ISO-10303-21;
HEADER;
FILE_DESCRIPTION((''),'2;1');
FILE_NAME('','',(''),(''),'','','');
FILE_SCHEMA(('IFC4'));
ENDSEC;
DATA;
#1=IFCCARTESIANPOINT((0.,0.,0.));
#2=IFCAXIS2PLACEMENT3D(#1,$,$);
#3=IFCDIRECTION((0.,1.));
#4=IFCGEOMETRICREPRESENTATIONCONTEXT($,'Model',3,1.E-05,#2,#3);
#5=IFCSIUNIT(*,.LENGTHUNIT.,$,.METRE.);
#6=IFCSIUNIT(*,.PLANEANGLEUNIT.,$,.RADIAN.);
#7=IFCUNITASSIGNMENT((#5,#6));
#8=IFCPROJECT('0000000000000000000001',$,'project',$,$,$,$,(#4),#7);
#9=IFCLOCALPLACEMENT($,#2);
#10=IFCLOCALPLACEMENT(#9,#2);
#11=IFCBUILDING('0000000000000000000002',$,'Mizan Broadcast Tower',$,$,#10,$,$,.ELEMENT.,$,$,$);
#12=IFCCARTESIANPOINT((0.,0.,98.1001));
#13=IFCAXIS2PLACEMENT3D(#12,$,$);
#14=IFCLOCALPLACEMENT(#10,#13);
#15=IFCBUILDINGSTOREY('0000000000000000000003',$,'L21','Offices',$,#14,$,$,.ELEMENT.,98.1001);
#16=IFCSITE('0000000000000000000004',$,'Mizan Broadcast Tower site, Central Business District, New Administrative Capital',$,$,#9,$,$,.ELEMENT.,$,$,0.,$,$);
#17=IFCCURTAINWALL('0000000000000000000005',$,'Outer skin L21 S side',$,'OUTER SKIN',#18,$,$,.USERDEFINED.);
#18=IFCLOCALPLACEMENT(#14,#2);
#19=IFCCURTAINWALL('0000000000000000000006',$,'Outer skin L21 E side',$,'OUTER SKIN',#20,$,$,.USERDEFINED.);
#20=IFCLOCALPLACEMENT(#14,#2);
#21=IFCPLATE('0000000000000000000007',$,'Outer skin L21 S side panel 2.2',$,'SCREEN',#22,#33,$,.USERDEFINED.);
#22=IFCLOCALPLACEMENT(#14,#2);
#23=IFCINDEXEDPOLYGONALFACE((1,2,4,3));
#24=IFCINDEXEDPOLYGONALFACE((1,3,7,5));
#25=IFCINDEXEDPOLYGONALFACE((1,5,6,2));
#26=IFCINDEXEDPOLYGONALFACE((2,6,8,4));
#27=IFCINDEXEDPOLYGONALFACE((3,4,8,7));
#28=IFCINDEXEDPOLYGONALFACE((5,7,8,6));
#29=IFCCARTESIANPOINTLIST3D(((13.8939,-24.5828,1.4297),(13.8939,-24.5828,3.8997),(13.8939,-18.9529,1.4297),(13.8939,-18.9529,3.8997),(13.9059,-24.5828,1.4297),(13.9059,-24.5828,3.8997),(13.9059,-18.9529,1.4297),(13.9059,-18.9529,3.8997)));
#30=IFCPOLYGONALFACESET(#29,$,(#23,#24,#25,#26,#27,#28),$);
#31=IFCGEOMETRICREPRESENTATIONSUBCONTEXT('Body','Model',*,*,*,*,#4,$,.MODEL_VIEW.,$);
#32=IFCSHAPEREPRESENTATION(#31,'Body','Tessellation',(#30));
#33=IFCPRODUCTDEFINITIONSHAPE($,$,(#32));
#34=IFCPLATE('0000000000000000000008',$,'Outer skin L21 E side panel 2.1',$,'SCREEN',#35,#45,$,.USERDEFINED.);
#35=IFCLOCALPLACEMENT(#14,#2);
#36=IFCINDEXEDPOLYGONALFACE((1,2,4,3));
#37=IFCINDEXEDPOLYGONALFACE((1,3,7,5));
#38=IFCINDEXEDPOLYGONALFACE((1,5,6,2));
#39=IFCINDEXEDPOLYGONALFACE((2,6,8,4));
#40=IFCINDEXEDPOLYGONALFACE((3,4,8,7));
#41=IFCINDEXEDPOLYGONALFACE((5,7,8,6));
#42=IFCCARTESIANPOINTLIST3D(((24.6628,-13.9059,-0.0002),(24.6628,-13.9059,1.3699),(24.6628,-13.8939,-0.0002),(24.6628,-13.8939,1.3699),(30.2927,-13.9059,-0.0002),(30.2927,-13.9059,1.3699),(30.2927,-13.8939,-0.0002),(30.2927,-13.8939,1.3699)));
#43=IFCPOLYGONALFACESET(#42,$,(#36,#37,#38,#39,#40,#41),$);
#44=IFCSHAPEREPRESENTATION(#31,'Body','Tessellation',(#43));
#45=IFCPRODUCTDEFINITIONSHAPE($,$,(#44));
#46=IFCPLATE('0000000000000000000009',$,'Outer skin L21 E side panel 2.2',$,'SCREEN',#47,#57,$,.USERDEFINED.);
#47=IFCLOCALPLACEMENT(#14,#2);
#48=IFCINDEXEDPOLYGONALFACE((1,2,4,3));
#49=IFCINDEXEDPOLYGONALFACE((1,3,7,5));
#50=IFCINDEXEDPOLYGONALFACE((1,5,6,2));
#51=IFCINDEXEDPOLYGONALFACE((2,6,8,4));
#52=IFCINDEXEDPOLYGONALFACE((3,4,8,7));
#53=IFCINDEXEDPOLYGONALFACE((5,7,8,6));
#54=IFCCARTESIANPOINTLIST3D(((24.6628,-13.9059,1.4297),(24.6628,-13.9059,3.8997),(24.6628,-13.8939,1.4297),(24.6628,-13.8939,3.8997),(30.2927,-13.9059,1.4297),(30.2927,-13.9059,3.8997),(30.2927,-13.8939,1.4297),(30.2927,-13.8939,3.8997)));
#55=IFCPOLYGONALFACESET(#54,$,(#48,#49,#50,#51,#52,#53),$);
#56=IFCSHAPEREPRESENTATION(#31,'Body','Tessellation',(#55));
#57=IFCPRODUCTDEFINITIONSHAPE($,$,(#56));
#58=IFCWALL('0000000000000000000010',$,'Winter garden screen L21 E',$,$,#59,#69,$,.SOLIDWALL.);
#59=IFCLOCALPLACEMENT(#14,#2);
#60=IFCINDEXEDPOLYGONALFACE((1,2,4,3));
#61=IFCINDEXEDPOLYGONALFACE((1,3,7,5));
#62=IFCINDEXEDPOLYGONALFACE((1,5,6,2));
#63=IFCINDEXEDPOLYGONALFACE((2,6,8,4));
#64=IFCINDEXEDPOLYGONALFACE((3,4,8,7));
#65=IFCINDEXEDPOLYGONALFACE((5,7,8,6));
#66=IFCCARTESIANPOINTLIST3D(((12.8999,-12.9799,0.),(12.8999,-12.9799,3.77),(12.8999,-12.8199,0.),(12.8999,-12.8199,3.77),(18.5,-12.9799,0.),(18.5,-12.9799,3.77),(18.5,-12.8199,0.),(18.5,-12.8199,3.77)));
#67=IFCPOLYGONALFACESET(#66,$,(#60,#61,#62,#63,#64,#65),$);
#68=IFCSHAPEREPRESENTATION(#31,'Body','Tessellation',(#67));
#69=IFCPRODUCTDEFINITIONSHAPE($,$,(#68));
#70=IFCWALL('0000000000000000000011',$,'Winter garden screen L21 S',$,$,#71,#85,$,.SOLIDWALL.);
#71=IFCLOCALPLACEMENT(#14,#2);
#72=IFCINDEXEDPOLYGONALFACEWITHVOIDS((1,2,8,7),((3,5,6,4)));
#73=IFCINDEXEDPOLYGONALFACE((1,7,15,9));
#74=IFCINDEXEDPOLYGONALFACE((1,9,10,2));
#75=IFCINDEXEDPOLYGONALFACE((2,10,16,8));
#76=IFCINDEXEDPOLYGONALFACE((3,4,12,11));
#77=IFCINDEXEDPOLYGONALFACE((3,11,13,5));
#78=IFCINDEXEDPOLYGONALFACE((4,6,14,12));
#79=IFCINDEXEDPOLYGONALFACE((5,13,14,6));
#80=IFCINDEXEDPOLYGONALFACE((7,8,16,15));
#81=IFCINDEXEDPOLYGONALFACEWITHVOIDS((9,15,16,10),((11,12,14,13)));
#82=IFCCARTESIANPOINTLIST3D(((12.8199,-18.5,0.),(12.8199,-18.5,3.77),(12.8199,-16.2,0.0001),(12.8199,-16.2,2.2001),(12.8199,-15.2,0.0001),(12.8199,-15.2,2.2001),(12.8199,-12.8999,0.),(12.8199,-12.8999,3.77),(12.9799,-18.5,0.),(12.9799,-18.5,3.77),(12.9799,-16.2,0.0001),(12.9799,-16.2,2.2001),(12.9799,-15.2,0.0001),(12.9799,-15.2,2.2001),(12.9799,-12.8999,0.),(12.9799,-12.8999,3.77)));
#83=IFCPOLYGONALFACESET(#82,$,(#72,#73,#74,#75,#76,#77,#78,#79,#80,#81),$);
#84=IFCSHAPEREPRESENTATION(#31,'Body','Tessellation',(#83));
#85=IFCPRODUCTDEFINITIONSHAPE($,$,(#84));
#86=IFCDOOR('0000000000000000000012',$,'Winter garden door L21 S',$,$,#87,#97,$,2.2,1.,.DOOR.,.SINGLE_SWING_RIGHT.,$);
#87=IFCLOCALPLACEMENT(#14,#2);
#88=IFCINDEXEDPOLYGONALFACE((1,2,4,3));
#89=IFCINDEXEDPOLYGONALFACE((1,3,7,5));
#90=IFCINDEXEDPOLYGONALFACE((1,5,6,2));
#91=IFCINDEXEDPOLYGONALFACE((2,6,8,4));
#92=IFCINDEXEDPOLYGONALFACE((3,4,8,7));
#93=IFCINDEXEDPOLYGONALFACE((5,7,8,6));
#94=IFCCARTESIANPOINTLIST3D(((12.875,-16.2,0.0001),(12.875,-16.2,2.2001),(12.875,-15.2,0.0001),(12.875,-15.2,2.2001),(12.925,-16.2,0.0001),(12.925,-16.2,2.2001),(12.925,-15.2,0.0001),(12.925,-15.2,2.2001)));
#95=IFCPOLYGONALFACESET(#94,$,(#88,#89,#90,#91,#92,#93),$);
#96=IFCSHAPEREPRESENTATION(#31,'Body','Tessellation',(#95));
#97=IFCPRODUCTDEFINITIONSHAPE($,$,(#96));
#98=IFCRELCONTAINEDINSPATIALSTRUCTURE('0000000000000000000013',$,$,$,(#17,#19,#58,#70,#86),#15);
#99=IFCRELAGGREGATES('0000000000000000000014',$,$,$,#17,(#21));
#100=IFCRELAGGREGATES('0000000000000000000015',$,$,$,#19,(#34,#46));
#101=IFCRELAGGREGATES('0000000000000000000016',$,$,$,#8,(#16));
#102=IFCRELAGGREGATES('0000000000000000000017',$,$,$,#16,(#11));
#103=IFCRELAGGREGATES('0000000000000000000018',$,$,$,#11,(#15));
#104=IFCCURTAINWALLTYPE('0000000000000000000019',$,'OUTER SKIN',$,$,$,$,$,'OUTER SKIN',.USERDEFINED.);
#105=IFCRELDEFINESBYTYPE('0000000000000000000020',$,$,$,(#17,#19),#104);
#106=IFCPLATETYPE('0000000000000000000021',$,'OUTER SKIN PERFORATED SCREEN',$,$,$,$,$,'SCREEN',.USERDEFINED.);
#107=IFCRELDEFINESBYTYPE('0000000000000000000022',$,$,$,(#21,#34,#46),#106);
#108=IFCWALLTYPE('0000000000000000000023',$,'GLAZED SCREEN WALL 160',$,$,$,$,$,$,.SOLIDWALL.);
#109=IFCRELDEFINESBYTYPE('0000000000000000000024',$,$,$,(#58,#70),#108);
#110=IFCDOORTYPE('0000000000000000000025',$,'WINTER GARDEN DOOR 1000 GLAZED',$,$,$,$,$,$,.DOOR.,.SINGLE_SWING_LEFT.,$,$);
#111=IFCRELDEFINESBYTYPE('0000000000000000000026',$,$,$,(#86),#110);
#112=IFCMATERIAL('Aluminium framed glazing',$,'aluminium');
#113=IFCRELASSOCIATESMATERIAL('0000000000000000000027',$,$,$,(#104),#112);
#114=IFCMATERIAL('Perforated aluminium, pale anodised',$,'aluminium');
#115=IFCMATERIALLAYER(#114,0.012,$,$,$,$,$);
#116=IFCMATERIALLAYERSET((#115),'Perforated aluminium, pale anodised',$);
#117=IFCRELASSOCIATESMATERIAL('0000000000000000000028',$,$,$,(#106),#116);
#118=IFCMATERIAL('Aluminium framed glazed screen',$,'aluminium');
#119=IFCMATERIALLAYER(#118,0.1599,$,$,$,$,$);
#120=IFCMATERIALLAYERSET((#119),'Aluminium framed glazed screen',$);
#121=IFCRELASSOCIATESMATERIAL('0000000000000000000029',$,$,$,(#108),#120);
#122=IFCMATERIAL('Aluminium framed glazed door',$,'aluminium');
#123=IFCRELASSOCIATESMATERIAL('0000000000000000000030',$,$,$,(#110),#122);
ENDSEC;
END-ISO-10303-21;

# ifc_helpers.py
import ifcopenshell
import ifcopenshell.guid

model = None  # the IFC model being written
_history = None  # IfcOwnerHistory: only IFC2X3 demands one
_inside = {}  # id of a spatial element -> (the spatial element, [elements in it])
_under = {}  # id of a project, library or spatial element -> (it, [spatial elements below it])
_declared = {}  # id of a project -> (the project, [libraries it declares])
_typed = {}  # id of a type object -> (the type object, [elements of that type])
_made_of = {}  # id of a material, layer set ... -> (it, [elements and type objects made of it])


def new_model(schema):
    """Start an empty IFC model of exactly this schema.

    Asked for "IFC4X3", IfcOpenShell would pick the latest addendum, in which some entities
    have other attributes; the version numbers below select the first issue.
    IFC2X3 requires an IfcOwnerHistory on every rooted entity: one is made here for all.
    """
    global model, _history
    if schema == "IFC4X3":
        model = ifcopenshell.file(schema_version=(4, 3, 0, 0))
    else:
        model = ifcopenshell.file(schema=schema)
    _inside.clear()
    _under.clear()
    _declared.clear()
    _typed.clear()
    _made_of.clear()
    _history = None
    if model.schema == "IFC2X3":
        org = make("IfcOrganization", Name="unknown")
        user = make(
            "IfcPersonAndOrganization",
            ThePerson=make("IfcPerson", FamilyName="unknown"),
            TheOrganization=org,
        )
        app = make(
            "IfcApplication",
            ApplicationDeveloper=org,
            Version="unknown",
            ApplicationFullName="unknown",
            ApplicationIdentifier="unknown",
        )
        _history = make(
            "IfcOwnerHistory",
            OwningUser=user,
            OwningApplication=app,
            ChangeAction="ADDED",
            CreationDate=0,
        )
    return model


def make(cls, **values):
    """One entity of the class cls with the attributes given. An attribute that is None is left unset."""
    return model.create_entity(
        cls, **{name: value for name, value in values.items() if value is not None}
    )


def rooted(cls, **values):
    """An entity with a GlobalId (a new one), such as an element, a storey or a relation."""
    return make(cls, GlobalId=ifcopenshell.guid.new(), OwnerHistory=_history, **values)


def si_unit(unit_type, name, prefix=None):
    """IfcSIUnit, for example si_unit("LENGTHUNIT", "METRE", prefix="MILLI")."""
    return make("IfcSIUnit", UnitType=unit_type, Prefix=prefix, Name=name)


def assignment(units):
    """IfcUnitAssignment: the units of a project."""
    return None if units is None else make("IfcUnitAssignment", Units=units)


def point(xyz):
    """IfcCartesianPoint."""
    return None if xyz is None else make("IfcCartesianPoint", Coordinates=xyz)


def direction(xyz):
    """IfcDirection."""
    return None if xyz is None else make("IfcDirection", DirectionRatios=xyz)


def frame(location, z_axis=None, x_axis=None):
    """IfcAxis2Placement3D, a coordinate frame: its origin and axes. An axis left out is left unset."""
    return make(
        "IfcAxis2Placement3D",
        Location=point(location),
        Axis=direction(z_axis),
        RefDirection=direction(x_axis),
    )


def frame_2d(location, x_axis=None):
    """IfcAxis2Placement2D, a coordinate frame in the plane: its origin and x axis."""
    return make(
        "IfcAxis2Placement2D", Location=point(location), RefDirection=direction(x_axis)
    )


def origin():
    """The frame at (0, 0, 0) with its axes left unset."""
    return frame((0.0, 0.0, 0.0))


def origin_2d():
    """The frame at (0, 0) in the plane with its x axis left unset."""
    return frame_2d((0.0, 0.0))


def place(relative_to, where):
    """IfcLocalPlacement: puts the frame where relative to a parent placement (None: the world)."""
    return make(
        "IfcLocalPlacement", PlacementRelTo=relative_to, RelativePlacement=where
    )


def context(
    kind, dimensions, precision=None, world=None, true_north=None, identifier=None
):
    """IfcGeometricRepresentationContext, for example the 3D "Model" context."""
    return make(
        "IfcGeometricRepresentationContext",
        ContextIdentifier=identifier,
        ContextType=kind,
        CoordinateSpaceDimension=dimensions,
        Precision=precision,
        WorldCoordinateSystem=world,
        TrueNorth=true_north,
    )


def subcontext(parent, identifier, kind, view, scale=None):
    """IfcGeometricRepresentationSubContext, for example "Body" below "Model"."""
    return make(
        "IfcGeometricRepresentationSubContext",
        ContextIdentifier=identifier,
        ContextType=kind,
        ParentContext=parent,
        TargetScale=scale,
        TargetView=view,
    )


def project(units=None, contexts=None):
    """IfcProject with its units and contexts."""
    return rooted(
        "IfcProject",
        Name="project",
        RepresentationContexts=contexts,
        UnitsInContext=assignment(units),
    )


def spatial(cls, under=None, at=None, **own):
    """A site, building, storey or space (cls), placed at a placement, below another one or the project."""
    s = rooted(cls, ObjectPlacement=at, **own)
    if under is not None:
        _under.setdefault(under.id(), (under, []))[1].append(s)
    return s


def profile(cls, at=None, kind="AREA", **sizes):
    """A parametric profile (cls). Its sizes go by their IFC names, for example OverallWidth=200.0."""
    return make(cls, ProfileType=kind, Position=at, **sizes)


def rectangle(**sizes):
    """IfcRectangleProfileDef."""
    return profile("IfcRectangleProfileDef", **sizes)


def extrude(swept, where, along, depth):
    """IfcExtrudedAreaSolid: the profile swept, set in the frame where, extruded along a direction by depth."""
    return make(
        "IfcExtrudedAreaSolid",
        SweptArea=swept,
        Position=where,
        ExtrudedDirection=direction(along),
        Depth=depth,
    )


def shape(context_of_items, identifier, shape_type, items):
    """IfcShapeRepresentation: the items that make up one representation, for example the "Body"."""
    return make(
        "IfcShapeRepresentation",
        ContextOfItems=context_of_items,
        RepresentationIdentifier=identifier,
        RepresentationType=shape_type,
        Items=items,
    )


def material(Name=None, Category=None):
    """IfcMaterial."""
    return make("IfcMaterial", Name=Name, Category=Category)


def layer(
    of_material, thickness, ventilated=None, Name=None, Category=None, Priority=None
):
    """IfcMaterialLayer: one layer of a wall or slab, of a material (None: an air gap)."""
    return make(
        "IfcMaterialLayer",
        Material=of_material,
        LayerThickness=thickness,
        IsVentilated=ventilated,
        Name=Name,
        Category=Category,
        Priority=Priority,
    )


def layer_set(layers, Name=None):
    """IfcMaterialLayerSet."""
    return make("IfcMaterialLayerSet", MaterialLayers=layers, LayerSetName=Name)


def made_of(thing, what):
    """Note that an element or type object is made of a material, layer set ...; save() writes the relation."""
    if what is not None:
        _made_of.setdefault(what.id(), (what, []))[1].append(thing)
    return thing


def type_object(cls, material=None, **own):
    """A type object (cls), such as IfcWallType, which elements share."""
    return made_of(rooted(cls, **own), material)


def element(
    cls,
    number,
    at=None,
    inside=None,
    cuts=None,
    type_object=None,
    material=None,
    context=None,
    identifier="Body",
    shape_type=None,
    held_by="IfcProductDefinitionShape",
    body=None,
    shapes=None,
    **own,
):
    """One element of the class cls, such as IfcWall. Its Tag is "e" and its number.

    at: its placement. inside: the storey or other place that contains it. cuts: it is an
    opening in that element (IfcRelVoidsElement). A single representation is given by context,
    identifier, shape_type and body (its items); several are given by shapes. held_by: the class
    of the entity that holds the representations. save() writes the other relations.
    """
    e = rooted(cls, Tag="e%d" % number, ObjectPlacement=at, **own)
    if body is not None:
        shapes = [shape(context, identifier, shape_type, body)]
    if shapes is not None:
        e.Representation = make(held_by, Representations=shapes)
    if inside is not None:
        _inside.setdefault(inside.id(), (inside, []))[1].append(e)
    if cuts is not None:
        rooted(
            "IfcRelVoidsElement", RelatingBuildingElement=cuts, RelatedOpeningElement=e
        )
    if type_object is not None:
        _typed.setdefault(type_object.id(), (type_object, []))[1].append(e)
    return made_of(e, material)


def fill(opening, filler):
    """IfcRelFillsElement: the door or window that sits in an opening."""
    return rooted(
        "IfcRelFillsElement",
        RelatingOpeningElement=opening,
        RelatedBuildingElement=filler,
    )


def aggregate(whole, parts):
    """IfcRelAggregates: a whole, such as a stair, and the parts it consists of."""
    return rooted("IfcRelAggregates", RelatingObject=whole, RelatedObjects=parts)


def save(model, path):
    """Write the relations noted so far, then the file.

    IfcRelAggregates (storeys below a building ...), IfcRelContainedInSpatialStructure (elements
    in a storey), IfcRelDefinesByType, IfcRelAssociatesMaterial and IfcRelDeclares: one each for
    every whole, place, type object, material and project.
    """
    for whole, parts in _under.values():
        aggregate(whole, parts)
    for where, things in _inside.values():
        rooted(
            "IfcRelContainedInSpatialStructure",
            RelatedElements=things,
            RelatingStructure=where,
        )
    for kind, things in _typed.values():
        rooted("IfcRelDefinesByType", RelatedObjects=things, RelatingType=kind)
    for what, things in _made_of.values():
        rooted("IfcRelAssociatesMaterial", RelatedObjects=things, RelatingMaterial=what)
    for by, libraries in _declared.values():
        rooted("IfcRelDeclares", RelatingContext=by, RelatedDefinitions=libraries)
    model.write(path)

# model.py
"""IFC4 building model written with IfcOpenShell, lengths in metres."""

from ifc_helpers import new_model, si_unit, direction, frame, frame_2d, origin, origin_2d, place, context, subcontext, project, spatial, rectangle, extrude, material, layer, layer_set, type_object, element, fill, aggregate, save


model = new_model("IFC4")

# Units and contexts
model_context = context("Model", 3, precision=1e-05, world=origin(), true_north=direction((0.0, 1.0)))
body_context = subcontext(model_context, "Body", "Model", "MODEL_VIEW")
ifc_project = project(units=[si_unit("LENGTHUNIT", "METRE"), si_unit("PLANEANGLEUNIT", "RADIAN")], contexts=[model_context])

# Site, building, storey
site_placement = place(None, origin())
site = spatial("IfcSite", under=ifc_project, at=site_placement, Name="Mizan Broadcast Tower site, Central Business District, New Administrative Capital", CompositionType="ELEMENT", RefElevation=0.0)
building_placement = place(site_placement, origin())
building = spatial("IfcBuilding", under=site, at=building_placement, Name="Mizan Broadcast Tower", CompositionType="ELEMENT")
storey_placement = place(building_placement, frame((0.0, 0.0, 98.1001)))
storey = spatial("IfcBuildingStorey", under=building, at=storey_placement, Name="L21", Description="Offices", CompositionType="ELEMENT", Elevation=98.1001)

# Shared definitions
ifc_material_1 = material(Name="Aluminium framed glazing", Category="aluminium")
curtain_wall_type_1 = type_object("IfcCurtainWallType", Name="OUTER SKIN", ElementType="OUTER SKIN", PredefinedType="USERDEFINED", material=ifc_material_1)

# Curtain wall
curtain_wall_1_placement = place(storey_placement, origin())
curtain_wall_1 = element("IfcCurtainWall", 1, at=curtain_wall_1_placement, inside=storey, type_object=curtain_wall_type_1, Name="Outer skin L21 S side", ObjectType="OUTER SKIN", PredefinedType="USERDEFINED")

# Curtain wall
curtain_wall_2_placement = place(storey_placement, origin())
curtain_wall_2 = element("IfcCurtainWall", 2, at=curtain_wall_2_placement, inside=storey, type_object=curtain_wall_type_1, Name="Outer skin L21 E side", ObjectType="OUTER SKIN", PredefinedType="USERDEFINED")

# Plates
ifc_material_2 = material(Name="Perforated aluminium, pale anodised", Category="aluminium")
ifc_layer_1 = layer(ifc_material_2, 0.012)
ifc_layer_set_1 = layer_set([ifc_layer_1], Name="Perforated aluminium, pale anodised")
plate_type_1 = type_object("IfcPlateType", Name="OUTER SKIN PERFORATED SCREEN", ElementType="SCREEN", PredefinedType="USERDEFINED", material=ifc_layer_set_1)
plate_1_placement = place(storey_placement, frame((13.8999, -21.7678, 1.4297), z_axis=(0.0, 0.0, 1.0), x_axis=(0.0, 1.0, 0.0)))
plate_1 = element("IfcPlate", 3, at=plate_1_placement, type_object=plate_type_1, Name="Outer skin L21 S side panel 2.2", ObjectType="SCREEN", PredefinedType="USERDEFINED", context=body_context, shape_type="SweptSolid", body=[
    extrude(rectangle(XDim=5.6299, YDim=0.012, at=origin_2d()), origin(), (0.0, 0.0, 1.0), 2.47),
])
aggregate(curtain_wall_1, [plate_1])
plate_2_placement = place(storey_placement, frame((27.4778, -13.8999, -0.0002), z_axis=(0.0, 0.0, 1.0), x_axis=(1.0, 0.0, 0.0)))
plate_2 = element("IfcPlate", 4, at=plate_2_placement, type_object=plate_type_1, Name="Outer skin L21 E side panel 2.1", ObjectType="SCREEN", PredefinedType="USERDEFINED", context=body_context, shape_type="SweptSolid", body=[
    extrude(rectangle(XDim=5.6299, YDim=0.012, at=origin_2d()), origin(), (0.0, 0.0, 1.0), 1.3701),
])
plate_3_placement = place(storey_placement, frame((27.4778, -13.8999, 1.4297), z_axis=(0.0, 0.0, 1.0), x_axis=(1.0, 0.0, 0.0)))
plate_3 = element("IfcPlate", 5, at=plate_3_placement, type_object=plate_type_1, Name="Outer skin L21 E side panel 2.2", ObjectType="SCREEN", PredefinedType="USERDEFINED", context=body_context, shape_type="SweptSolid", body=[
    extrude(rectangle(XDim=5.6299, YDim=0.012, at=origin_2d()), origin(), (0.0, 0.0, 1.0), 2.47),
])
aggregate(curtain_wall_2, [plate_2, plate_3])

# Wall
ifc_material_3 = material(Name="Aluminium framed glazed screen", Category="aluminium")
ifc_layer_2 = layer(ifc_material_3, 0.1599)
ifc_layer_set_2 = layer_set([ifc_layer_2], Name="Aluminium framed glazed screen")
wall_type = type_object("IfcWallType", Name="GLAZED SCREEN WALL 160", PredefinedType="SOLIDWALL", material=ifc_layer_set_2)
wall_1_placement = place(storey_placement, frame((12.8999, -12.8999, 0.0), z_axis=(0.0, 0.0, 1.0), x_axis=(1.0, 0.0, 0.0)))
element("IfcWall", 6, at=wall_1_placement, inside=storey, type_object=wall_type, Name="Winter garden screen L21 E", PredefinedType="SOLIDWALL", context=body_context, shape_type="SweptSolid", body=[
    extrude(rectangle(XDim=5.6001, YDim=0.1599, at=frame_2d((2.8, 0.0))), origin(), (0.0, 0.0, 1.0), 3.77),
])

# Wall, opening, door
wall_2_placement = place(storey_placement, frame((12.8999, -18.5, 0.0), z_axis=(0.0, 0.0, 1.0), x_axis=(0.0, 1.0, 0.0)))
wall_2 = element("IfcWall", 7, at=wall_2_placement, inside=storey, type_object=wall_type, Name="Winter garden screen L21 S", PredefinedType="SOLIDWALL", context=body_context, shape_type="SweptSolid", body=[
    extrude(rectangle(XDim=5.6001, YDim=0.1599, at=frame_2d((2.8, 0.0))), origin(), (0.0, 0.0, 1.0), 3.77),
])
opening_placement = place(wall_2_placement, frame((2.3, 0.0, 0.0)))
opening = element("IfcOpeningElement", 8, at=opening_placement, cuts=wall_2, PredefinedType="OPENING", context=body_context, shape_type="SweptSolid", body=[
    extrude(rectangle(XDim=1.0, YDim=2.2, at=frame_2d((0.5, 1.1001))), frame((0.0, 0.0898, 0.0), z_axis=(0.0, -1.0, 0.0), x_axis=(1.0, 0.0, 0.0)), (0.0, 0.0, 1.0), 0.1799),
])
ifc_material_4 = material(Name="Aluminium framed glazed door", Category="aluminium")
door_type = type_object("IfcDoorType", Name="WINTER GARDEN DOOR 1000 GLAZED", OperationType="SINGLE_SWING_LEFT", PredefinedType="DOOR", material=ifc_material_4)
door_placement = place(opening_placement, origin())
door = element("IfcDoor", 9, at=door_placement, inside=storey, type_object=door_type, Name="Winter garden door L21 S", OperationType="SINGLE_SWING_RIGHT", OverallHeight=2.2, OverallWidth=1.0, PredefinedType="DOOR", context=body_context, shape_type="SweptSolid", body=[
    extrude(rectangle(XDim=1.0, YDim=2.2, at=frame_2d((0.5, 1.1001))), frame((0.0, 0.0249, 0.0), z_axis=(0.0, -1.0, 0.0), x_axis=(1.0, 0.0, 0.0)), (0.0, 0.0, 1.0), 0.05),
])
fill(opening, door)

save(model, "model.ifc")
